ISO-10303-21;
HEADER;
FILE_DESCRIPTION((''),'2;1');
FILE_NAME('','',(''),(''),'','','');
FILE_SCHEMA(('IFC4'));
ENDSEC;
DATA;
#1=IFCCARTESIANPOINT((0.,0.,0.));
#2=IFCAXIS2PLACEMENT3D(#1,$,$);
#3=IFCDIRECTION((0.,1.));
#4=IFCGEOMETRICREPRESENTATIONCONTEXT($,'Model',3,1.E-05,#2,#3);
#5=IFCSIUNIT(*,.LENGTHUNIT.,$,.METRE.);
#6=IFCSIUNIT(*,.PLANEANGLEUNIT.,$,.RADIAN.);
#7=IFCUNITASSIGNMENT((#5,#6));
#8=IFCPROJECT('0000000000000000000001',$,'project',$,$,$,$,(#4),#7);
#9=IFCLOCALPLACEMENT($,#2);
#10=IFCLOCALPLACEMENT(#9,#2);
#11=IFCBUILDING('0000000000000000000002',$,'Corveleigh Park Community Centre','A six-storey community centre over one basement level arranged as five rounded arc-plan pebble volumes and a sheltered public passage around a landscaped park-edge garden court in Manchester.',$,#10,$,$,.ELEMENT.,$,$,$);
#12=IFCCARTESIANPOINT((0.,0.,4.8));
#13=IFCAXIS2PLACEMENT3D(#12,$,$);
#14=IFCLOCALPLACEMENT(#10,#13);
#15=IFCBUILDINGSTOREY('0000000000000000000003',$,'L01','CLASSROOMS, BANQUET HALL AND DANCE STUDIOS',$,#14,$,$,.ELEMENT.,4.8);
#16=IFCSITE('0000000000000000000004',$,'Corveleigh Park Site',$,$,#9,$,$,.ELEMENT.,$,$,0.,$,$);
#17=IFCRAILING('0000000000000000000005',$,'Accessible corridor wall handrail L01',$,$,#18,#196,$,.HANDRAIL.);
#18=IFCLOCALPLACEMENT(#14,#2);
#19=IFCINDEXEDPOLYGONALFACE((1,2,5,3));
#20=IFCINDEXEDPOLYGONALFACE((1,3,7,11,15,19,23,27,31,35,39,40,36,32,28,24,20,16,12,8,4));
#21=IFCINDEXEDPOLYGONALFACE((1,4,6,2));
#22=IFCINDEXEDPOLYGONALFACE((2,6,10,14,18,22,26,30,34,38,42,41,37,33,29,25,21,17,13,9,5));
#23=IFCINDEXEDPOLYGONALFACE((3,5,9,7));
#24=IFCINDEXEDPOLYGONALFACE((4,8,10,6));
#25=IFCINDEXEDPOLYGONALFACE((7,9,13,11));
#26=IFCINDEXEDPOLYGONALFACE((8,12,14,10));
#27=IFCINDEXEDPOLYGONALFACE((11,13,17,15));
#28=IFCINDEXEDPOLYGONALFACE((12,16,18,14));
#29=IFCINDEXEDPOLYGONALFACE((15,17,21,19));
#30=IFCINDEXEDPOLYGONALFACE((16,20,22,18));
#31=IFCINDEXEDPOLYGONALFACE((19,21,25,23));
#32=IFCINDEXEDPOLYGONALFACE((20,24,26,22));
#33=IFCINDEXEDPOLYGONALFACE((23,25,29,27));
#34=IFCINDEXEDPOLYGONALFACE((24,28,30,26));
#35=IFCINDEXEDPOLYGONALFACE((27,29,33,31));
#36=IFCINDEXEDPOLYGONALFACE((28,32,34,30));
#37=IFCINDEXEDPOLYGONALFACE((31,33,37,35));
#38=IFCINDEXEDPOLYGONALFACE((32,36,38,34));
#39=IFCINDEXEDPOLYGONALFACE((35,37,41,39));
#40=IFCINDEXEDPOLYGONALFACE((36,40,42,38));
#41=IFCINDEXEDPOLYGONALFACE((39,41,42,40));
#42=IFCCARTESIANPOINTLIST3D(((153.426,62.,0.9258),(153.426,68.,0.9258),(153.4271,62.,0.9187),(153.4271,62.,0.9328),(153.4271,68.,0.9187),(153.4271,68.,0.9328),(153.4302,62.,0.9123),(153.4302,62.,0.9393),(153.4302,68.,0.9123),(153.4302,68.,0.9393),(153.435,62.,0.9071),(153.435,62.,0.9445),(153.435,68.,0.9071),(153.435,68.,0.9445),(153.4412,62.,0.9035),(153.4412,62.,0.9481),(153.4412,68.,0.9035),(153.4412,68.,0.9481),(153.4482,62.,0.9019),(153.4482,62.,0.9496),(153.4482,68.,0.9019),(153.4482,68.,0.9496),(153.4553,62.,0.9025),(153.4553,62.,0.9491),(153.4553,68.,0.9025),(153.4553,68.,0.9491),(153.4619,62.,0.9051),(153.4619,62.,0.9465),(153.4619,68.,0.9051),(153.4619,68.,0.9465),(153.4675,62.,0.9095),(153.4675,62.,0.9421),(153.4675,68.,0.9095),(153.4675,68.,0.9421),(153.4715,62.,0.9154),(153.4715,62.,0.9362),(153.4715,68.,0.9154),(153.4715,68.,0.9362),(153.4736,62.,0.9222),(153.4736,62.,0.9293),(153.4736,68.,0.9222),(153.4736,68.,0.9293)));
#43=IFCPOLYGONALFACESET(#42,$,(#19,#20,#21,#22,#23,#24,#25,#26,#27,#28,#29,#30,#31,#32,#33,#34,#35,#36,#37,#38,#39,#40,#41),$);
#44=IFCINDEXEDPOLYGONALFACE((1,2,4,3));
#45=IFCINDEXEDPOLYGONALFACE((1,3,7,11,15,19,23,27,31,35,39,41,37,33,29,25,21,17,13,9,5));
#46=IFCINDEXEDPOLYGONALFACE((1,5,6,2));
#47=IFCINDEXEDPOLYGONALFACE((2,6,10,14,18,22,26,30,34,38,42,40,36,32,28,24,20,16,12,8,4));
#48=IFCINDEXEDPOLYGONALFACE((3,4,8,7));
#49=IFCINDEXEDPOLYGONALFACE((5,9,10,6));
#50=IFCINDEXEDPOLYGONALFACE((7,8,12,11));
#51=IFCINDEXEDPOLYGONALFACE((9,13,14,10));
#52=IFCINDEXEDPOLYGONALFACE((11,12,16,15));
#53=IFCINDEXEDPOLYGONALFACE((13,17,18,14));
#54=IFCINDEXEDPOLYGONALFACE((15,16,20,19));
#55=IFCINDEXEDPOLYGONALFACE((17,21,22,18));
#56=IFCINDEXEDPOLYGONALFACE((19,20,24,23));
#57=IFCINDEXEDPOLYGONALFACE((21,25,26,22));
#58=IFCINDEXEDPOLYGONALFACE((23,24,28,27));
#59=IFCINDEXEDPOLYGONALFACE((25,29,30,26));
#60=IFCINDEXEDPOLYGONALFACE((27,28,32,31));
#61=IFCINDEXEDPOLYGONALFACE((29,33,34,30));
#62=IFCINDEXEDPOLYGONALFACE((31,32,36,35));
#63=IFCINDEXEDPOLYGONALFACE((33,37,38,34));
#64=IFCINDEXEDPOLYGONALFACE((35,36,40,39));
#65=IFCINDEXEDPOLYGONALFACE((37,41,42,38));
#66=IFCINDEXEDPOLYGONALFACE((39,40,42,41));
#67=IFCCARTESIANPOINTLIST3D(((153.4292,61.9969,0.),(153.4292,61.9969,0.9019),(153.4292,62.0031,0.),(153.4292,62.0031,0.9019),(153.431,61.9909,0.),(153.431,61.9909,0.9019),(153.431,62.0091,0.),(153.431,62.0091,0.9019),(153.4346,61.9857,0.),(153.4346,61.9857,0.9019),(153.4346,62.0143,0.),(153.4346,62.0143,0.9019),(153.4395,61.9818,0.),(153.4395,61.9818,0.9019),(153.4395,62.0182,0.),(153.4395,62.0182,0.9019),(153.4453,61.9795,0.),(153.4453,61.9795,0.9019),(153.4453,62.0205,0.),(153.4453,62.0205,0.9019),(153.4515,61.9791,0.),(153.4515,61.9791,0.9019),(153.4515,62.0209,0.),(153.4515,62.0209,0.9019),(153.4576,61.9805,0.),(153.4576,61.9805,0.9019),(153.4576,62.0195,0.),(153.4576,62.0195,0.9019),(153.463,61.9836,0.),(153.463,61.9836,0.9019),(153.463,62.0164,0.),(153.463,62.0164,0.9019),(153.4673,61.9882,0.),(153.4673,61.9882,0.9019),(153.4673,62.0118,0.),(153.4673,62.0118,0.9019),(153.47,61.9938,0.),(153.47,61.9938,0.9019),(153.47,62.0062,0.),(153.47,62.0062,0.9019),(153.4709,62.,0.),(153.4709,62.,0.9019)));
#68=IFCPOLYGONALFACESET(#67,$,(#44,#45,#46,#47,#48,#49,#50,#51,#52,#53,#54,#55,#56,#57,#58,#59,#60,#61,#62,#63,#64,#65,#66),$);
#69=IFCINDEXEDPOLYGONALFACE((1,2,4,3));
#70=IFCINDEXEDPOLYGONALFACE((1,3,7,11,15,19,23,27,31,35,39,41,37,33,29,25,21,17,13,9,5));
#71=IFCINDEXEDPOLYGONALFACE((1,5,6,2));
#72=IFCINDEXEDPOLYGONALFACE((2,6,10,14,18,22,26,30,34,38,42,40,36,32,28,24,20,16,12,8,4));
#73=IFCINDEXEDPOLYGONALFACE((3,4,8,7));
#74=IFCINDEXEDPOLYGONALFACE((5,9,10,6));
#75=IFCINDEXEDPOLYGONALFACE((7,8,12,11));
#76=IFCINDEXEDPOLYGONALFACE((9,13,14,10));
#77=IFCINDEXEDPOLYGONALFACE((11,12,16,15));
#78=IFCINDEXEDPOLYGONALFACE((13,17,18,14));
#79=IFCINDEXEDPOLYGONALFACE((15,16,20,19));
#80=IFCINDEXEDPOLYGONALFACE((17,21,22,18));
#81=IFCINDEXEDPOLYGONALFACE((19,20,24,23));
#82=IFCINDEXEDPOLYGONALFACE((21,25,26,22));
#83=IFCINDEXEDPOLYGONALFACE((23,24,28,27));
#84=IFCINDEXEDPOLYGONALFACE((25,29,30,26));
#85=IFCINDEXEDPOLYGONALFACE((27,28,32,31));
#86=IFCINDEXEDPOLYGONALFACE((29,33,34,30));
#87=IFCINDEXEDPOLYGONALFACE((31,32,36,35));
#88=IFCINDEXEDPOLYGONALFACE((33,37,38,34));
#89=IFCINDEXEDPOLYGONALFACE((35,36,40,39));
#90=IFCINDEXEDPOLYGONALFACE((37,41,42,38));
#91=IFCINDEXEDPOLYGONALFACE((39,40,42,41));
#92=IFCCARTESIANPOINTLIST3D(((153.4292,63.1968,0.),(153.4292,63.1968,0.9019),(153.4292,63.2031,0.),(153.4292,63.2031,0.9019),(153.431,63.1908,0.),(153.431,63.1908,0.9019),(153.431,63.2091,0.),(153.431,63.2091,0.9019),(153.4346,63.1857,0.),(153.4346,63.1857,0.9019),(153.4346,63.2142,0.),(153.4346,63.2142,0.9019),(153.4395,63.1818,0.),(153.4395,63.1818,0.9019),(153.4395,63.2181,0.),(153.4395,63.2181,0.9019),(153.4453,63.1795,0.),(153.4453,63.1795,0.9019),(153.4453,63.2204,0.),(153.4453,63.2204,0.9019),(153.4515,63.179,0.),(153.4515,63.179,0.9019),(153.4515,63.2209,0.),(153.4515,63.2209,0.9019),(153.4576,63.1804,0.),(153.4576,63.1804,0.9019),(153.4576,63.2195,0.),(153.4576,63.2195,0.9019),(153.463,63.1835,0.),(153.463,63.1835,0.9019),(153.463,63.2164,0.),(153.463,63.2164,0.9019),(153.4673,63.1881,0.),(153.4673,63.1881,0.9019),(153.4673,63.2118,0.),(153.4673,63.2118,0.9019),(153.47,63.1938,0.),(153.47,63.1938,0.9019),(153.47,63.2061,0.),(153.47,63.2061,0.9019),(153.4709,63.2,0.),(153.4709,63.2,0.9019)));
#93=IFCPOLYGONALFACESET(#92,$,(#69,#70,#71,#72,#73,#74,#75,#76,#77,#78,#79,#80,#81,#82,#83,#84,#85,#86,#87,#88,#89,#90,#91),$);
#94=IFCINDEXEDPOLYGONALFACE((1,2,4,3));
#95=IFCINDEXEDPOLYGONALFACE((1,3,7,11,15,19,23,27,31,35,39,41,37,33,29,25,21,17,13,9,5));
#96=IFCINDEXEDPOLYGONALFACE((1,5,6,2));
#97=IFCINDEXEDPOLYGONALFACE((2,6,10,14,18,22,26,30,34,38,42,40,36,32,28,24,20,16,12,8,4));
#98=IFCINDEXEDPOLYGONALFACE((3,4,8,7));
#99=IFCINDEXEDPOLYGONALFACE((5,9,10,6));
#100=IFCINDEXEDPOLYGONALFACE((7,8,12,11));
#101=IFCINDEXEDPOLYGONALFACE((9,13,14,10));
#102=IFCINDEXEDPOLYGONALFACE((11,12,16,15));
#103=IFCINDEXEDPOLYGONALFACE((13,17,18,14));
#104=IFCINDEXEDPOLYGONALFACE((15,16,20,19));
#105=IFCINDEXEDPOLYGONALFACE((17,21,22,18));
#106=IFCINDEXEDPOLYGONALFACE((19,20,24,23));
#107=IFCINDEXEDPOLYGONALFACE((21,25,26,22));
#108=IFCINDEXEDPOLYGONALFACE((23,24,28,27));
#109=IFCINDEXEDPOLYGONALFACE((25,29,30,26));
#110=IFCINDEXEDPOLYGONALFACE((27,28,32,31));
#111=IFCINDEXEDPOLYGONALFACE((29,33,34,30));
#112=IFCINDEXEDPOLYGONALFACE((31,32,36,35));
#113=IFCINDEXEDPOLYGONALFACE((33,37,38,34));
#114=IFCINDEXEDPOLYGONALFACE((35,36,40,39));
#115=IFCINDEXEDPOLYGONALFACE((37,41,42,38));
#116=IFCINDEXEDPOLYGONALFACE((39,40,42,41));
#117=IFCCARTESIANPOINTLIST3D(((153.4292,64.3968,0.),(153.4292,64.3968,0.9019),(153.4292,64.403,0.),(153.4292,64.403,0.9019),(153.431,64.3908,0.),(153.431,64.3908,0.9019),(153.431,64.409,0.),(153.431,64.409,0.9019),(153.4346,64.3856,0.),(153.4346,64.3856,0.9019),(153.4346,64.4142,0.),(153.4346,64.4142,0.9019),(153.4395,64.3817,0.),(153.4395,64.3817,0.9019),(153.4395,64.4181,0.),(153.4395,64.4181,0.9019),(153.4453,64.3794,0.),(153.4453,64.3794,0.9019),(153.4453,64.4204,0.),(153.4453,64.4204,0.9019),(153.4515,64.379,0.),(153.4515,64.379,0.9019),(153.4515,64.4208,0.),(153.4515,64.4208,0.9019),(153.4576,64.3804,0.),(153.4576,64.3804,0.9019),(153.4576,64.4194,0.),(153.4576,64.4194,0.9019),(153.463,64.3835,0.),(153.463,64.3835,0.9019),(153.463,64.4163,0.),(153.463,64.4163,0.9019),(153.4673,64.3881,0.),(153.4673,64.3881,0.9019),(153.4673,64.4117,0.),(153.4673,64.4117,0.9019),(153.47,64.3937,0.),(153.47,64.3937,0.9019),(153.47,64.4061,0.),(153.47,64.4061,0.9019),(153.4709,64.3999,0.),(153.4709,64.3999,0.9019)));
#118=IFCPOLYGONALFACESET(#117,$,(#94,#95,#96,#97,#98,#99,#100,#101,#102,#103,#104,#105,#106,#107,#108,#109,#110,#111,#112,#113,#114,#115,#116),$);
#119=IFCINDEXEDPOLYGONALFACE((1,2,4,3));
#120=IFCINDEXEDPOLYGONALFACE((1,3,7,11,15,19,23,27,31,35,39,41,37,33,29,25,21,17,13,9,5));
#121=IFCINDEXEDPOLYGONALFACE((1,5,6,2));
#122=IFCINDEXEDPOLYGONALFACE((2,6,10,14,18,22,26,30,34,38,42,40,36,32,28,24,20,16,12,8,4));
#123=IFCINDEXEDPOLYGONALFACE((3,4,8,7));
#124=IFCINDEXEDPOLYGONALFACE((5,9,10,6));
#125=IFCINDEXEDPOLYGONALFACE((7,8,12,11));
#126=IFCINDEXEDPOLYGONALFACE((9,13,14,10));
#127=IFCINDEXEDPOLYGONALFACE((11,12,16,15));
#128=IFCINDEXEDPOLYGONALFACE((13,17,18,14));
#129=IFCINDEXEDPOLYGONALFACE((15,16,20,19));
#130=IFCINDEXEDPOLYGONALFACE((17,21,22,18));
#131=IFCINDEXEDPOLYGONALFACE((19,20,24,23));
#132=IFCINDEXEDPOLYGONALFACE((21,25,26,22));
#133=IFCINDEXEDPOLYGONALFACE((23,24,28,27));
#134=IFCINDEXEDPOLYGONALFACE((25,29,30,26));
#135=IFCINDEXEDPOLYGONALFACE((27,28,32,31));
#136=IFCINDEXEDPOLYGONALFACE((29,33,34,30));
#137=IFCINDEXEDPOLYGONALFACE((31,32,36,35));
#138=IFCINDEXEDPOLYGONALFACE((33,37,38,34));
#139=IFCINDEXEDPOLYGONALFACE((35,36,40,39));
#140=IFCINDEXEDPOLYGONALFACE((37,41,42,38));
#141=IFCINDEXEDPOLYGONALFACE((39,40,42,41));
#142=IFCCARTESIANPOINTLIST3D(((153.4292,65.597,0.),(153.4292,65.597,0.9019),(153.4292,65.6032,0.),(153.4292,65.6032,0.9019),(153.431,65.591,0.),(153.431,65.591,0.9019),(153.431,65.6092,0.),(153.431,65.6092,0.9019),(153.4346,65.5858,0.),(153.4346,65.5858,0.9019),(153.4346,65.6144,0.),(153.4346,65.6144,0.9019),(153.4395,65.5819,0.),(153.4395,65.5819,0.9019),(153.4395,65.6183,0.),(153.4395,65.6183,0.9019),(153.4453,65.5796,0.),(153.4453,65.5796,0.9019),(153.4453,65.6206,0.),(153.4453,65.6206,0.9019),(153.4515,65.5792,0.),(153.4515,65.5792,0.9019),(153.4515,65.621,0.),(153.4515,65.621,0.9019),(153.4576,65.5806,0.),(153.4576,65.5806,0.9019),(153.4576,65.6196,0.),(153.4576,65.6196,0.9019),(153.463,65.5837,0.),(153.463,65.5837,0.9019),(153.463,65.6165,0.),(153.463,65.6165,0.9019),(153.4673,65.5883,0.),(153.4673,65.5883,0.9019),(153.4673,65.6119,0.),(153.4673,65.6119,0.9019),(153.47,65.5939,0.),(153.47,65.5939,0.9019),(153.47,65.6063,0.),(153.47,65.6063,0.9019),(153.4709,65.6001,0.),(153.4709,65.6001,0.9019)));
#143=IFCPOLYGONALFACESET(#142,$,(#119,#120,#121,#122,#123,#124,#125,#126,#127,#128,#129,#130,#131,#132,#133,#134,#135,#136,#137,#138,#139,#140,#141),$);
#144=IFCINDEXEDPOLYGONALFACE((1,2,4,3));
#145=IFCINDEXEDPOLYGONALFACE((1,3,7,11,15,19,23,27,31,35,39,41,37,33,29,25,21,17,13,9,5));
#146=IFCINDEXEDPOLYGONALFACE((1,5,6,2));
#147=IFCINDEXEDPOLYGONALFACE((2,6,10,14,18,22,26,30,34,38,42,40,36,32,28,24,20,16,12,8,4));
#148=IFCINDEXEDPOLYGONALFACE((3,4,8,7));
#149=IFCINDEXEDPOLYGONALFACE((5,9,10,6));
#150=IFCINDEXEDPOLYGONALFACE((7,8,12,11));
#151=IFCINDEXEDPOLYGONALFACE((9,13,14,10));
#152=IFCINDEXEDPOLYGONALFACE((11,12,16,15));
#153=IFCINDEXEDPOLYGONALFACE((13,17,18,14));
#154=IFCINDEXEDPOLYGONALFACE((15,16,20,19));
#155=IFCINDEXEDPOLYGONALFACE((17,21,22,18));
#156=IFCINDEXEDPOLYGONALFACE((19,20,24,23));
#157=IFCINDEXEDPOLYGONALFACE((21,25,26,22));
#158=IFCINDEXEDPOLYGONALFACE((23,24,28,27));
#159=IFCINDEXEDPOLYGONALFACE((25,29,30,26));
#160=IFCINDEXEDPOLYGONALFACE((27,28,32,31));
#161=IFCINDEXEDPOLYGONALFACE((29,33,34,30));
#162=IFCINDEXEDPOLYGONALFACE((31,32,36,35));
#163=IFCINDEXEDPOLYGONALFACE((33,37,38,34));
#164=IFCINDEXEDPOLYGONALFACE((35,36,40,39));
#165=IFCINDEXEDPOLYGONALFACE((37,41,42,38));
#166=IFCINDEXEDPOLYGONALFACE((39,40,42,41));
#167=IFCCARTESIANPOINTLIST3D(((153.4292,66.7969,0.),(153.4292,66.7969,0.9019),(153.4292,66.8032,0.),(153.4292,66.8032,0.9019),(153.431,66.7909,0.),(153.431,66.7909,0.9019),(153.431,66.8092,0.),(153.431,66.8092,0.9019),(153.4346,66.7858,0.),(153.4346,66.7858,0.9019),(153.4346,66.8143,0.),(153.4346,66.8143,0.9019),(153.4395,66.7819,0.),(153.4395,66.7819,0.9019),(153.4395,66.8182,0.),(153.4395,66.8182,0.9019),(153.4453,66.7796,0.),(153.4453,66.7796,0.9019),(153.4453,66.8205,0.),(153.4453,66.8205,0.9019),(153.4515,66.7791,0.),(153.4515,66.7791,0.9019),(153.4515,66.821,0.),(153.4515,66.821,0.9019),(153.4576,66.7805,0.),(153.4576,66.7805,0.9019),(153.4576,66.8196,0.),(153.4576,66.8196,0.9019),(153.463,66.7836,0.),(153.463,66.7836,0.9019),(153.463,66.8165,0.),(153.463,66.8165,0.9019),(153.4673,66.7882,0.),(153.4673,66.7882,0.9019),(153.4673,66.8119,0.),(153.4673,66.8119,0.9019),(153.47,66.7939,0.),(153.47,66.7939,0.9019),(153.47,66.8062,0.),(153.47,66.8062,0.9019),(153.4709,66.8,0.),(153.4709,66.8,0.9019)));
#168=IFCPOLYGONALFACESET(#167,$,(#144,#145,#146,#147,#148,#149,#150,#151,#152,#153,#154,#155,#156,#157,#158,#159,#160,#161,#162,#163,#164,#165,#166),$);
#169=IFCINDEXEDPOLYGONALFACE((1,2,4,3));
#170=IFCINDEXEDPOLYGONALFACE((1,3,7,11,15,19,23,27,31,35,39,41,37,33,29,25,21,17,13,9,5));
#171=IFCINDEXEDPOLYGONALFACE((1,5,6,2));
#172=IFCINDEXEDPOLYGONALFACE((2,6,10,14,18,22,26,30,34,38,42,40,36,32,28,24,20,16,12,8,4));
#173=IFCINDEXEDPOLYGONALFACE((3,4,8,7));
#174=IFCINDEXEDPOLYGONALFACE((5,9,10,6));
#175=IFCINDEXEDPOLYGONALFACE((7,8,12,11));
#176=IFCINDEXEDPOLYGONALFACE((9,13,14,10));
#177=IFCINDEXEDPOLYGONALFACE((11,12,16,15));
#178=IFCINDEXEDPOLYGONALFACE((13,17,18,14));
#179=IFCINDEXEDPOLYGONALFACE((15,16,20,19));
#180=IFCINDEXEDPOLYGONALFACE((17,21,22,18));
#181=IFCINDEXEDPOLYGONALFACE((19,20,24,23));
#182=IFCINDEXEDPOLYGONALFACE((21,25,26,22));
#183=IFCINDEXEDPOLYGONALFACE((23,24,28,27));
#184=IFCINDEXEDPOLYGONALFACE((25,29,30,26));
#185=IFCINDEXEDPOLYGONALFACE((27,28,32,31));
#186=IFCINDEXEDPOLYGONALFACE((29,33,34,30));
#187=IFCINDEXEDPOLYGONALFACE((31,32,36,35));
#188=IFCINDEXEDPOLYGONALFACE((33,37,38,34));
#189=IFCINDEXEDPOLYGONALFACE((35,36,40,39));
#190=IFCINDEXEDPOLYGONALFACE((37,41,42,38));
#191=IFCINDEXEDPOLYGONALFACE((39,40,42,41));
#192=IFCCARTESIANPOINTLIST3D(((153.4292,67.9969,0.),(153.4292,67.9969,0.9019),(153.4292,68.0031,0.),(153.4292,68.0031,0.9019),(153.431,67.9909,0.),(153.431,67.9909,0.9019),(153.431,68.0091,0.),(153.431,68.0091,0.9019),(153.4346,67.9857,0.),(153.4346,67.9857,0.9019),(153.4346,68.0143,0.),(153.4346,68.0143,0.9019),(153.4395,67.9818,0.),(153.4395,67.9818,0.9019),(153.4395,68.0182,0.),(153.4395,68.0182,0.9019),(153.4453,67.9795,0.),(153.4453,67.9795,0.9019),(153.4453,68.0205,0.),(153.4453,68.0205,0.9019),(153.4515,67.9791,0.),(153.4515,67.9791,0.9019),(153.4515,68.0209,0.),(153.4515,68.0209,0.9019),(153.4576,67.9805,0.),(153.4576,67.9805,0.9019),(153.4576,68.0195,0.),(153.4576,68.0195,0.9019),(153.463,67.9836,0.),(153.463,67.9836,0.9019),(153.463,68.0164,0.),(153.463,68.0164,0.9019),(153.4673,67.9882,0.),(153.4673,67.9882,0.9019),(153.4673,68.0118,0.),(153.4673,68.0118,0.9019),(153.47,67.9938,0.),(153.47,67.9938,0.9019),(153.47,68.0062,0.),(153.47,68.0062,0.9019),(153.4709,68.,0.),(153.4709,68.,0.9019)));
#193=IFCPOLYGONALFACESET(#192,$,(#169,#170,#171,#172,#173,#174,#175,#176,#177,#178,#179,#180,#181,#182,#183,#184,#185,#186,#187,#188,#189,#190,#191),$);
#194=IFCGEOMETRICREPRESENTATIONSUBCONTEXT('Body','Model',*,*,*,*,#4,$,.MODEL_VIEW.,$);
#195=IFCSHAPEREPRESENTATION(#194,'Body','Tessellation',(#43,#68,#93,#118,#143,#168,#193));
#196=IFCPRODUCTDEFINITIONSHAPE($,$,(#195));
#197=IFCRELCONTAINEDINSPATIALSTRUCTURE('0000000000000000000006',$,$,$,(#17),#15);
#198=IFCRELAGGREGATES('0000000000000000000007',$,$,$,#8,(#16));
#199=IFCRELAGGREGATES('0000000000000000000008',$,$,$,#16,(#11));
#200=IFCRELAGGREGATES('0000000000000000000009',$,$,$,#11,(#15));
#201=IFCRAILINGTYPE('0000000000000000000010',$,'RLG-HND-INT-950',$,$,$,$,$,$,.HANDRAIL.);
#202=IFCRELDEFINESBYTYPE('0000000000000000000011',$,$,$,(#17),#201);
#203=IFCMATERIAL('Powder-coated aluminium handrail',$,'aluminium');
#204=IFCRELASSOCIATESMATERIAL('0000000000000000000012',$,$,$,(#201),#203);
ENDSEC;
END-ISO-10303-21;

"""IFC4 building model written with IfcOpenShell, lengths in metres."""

from ifc_helpers import new_model, si_unit, direction, frame, origin, origin_2d, place, context, subcontext, project, spatial, circle, extrude, material, type_object, element, save


model = new_model("IFC4")

# Units and contexts
model_context = context("Model", 3, precision=1e-05, world=origin(), true_north=direction((0.0, 1.0)))
body_context = subcontext(model_context, "Body", "Model", "MODEL_VIEW")
ifc_project = project(units=[si_unit("LENGTHUNIT", "METRE"), si_unit("PLANEANGLEUNIT", "RADIAN")], contexts=[model_context])

# Site, building, storey
site_placement = place(None, origin())
site = spatial("IfcSite", under=ifc_project, at=site_placement, Name="Corveleigh Park Site", CompositionType="ELEMENT", RefElevation=0.0)
building_placement = place(site_placement, origin())
building = spatial("IfcBuilding", under=site, at=building_placement, Name="Corveleigh Park Community Centre", Description="A six-storey community centre over one basement level arranged as five rounded arc-plan pebble volumes and a sheltered public passage around a landscaped park-edge garden court in Manchester.", CompositionType="ELEMENT")
storey_placement = place(building_placement, frame((0.0, 0.0, 4.8)))
storey = spatial("IfcBuildingStorey", under=building, at=storey_placement, Name="L01", Description="CLASSROOMS, BANQUET HALL AND DANCE STUDIOS", CompositionType="ELEMENT", Elevation=4.8)

# Railing
ifc_material_1 = material(Name="Powder-coated aluminium handrail", Category="aluminium")
railing_type_1 = type_object("IfcRailingType", Name="RLG-HND-INT-950", PredefinedType="HANDRAIL", material=ifc_material_1)
railing_1_placement = place(storey_placement, frame((153.45, 62.0, 0.0)))
element("IfcRailing", 1, at=railing_1_placement, inside=storey, type_object=railing_type_1, Name="Accessible corridor wall handrail L01", PredefinedType="HANDRAIL", context=body_context, shape_type="SweptSolid", body=[
    extrude(circle(Radius=0.0239, at=origin_2d()), frame((0.0, 0.0, 0.9258), z_axis=(0.0, 1.0, 0.0), x_axis=(-1.0, 0.0, 0.0)), (0.0, 0.0, 1.0), 6.0),
    extrude(circle(Radius=0.021, at=origin_2d()), origin(), (0.0, 0.0, 1.0), 0.9019),
    extrude(circle(Radius=0.021, at=origin_2d()), frame((0.0, 1.2, 0.0)), (0.0, 0.0, 1.0), 0.9019),
    extrude(circle(Radius=0.021, at=origin_2d()), frame((0.0, 2.3999, 0.0)), (0.0, 0.0, 1.0), 0.9019),
    extrude(circle(Radius=0.021, at=origin_2d()), frame((0.0, 3.6001, 0.0)), (0.0, 0.0, 1.0), 0.9019),
    extrude(circle(Radius=0.021, at=origin_2d()), frame((0.0, 4.8, 0.0)), (0.0, 0.0, 1.0), 0.9019),
    extrude(circle(Radius=0.021, at=origin_2d()), frame((0.0, 6.0, 0.0)), (0.0, 0.0, 1.0), 0.9019),
])

save(model, "model.ifc")
